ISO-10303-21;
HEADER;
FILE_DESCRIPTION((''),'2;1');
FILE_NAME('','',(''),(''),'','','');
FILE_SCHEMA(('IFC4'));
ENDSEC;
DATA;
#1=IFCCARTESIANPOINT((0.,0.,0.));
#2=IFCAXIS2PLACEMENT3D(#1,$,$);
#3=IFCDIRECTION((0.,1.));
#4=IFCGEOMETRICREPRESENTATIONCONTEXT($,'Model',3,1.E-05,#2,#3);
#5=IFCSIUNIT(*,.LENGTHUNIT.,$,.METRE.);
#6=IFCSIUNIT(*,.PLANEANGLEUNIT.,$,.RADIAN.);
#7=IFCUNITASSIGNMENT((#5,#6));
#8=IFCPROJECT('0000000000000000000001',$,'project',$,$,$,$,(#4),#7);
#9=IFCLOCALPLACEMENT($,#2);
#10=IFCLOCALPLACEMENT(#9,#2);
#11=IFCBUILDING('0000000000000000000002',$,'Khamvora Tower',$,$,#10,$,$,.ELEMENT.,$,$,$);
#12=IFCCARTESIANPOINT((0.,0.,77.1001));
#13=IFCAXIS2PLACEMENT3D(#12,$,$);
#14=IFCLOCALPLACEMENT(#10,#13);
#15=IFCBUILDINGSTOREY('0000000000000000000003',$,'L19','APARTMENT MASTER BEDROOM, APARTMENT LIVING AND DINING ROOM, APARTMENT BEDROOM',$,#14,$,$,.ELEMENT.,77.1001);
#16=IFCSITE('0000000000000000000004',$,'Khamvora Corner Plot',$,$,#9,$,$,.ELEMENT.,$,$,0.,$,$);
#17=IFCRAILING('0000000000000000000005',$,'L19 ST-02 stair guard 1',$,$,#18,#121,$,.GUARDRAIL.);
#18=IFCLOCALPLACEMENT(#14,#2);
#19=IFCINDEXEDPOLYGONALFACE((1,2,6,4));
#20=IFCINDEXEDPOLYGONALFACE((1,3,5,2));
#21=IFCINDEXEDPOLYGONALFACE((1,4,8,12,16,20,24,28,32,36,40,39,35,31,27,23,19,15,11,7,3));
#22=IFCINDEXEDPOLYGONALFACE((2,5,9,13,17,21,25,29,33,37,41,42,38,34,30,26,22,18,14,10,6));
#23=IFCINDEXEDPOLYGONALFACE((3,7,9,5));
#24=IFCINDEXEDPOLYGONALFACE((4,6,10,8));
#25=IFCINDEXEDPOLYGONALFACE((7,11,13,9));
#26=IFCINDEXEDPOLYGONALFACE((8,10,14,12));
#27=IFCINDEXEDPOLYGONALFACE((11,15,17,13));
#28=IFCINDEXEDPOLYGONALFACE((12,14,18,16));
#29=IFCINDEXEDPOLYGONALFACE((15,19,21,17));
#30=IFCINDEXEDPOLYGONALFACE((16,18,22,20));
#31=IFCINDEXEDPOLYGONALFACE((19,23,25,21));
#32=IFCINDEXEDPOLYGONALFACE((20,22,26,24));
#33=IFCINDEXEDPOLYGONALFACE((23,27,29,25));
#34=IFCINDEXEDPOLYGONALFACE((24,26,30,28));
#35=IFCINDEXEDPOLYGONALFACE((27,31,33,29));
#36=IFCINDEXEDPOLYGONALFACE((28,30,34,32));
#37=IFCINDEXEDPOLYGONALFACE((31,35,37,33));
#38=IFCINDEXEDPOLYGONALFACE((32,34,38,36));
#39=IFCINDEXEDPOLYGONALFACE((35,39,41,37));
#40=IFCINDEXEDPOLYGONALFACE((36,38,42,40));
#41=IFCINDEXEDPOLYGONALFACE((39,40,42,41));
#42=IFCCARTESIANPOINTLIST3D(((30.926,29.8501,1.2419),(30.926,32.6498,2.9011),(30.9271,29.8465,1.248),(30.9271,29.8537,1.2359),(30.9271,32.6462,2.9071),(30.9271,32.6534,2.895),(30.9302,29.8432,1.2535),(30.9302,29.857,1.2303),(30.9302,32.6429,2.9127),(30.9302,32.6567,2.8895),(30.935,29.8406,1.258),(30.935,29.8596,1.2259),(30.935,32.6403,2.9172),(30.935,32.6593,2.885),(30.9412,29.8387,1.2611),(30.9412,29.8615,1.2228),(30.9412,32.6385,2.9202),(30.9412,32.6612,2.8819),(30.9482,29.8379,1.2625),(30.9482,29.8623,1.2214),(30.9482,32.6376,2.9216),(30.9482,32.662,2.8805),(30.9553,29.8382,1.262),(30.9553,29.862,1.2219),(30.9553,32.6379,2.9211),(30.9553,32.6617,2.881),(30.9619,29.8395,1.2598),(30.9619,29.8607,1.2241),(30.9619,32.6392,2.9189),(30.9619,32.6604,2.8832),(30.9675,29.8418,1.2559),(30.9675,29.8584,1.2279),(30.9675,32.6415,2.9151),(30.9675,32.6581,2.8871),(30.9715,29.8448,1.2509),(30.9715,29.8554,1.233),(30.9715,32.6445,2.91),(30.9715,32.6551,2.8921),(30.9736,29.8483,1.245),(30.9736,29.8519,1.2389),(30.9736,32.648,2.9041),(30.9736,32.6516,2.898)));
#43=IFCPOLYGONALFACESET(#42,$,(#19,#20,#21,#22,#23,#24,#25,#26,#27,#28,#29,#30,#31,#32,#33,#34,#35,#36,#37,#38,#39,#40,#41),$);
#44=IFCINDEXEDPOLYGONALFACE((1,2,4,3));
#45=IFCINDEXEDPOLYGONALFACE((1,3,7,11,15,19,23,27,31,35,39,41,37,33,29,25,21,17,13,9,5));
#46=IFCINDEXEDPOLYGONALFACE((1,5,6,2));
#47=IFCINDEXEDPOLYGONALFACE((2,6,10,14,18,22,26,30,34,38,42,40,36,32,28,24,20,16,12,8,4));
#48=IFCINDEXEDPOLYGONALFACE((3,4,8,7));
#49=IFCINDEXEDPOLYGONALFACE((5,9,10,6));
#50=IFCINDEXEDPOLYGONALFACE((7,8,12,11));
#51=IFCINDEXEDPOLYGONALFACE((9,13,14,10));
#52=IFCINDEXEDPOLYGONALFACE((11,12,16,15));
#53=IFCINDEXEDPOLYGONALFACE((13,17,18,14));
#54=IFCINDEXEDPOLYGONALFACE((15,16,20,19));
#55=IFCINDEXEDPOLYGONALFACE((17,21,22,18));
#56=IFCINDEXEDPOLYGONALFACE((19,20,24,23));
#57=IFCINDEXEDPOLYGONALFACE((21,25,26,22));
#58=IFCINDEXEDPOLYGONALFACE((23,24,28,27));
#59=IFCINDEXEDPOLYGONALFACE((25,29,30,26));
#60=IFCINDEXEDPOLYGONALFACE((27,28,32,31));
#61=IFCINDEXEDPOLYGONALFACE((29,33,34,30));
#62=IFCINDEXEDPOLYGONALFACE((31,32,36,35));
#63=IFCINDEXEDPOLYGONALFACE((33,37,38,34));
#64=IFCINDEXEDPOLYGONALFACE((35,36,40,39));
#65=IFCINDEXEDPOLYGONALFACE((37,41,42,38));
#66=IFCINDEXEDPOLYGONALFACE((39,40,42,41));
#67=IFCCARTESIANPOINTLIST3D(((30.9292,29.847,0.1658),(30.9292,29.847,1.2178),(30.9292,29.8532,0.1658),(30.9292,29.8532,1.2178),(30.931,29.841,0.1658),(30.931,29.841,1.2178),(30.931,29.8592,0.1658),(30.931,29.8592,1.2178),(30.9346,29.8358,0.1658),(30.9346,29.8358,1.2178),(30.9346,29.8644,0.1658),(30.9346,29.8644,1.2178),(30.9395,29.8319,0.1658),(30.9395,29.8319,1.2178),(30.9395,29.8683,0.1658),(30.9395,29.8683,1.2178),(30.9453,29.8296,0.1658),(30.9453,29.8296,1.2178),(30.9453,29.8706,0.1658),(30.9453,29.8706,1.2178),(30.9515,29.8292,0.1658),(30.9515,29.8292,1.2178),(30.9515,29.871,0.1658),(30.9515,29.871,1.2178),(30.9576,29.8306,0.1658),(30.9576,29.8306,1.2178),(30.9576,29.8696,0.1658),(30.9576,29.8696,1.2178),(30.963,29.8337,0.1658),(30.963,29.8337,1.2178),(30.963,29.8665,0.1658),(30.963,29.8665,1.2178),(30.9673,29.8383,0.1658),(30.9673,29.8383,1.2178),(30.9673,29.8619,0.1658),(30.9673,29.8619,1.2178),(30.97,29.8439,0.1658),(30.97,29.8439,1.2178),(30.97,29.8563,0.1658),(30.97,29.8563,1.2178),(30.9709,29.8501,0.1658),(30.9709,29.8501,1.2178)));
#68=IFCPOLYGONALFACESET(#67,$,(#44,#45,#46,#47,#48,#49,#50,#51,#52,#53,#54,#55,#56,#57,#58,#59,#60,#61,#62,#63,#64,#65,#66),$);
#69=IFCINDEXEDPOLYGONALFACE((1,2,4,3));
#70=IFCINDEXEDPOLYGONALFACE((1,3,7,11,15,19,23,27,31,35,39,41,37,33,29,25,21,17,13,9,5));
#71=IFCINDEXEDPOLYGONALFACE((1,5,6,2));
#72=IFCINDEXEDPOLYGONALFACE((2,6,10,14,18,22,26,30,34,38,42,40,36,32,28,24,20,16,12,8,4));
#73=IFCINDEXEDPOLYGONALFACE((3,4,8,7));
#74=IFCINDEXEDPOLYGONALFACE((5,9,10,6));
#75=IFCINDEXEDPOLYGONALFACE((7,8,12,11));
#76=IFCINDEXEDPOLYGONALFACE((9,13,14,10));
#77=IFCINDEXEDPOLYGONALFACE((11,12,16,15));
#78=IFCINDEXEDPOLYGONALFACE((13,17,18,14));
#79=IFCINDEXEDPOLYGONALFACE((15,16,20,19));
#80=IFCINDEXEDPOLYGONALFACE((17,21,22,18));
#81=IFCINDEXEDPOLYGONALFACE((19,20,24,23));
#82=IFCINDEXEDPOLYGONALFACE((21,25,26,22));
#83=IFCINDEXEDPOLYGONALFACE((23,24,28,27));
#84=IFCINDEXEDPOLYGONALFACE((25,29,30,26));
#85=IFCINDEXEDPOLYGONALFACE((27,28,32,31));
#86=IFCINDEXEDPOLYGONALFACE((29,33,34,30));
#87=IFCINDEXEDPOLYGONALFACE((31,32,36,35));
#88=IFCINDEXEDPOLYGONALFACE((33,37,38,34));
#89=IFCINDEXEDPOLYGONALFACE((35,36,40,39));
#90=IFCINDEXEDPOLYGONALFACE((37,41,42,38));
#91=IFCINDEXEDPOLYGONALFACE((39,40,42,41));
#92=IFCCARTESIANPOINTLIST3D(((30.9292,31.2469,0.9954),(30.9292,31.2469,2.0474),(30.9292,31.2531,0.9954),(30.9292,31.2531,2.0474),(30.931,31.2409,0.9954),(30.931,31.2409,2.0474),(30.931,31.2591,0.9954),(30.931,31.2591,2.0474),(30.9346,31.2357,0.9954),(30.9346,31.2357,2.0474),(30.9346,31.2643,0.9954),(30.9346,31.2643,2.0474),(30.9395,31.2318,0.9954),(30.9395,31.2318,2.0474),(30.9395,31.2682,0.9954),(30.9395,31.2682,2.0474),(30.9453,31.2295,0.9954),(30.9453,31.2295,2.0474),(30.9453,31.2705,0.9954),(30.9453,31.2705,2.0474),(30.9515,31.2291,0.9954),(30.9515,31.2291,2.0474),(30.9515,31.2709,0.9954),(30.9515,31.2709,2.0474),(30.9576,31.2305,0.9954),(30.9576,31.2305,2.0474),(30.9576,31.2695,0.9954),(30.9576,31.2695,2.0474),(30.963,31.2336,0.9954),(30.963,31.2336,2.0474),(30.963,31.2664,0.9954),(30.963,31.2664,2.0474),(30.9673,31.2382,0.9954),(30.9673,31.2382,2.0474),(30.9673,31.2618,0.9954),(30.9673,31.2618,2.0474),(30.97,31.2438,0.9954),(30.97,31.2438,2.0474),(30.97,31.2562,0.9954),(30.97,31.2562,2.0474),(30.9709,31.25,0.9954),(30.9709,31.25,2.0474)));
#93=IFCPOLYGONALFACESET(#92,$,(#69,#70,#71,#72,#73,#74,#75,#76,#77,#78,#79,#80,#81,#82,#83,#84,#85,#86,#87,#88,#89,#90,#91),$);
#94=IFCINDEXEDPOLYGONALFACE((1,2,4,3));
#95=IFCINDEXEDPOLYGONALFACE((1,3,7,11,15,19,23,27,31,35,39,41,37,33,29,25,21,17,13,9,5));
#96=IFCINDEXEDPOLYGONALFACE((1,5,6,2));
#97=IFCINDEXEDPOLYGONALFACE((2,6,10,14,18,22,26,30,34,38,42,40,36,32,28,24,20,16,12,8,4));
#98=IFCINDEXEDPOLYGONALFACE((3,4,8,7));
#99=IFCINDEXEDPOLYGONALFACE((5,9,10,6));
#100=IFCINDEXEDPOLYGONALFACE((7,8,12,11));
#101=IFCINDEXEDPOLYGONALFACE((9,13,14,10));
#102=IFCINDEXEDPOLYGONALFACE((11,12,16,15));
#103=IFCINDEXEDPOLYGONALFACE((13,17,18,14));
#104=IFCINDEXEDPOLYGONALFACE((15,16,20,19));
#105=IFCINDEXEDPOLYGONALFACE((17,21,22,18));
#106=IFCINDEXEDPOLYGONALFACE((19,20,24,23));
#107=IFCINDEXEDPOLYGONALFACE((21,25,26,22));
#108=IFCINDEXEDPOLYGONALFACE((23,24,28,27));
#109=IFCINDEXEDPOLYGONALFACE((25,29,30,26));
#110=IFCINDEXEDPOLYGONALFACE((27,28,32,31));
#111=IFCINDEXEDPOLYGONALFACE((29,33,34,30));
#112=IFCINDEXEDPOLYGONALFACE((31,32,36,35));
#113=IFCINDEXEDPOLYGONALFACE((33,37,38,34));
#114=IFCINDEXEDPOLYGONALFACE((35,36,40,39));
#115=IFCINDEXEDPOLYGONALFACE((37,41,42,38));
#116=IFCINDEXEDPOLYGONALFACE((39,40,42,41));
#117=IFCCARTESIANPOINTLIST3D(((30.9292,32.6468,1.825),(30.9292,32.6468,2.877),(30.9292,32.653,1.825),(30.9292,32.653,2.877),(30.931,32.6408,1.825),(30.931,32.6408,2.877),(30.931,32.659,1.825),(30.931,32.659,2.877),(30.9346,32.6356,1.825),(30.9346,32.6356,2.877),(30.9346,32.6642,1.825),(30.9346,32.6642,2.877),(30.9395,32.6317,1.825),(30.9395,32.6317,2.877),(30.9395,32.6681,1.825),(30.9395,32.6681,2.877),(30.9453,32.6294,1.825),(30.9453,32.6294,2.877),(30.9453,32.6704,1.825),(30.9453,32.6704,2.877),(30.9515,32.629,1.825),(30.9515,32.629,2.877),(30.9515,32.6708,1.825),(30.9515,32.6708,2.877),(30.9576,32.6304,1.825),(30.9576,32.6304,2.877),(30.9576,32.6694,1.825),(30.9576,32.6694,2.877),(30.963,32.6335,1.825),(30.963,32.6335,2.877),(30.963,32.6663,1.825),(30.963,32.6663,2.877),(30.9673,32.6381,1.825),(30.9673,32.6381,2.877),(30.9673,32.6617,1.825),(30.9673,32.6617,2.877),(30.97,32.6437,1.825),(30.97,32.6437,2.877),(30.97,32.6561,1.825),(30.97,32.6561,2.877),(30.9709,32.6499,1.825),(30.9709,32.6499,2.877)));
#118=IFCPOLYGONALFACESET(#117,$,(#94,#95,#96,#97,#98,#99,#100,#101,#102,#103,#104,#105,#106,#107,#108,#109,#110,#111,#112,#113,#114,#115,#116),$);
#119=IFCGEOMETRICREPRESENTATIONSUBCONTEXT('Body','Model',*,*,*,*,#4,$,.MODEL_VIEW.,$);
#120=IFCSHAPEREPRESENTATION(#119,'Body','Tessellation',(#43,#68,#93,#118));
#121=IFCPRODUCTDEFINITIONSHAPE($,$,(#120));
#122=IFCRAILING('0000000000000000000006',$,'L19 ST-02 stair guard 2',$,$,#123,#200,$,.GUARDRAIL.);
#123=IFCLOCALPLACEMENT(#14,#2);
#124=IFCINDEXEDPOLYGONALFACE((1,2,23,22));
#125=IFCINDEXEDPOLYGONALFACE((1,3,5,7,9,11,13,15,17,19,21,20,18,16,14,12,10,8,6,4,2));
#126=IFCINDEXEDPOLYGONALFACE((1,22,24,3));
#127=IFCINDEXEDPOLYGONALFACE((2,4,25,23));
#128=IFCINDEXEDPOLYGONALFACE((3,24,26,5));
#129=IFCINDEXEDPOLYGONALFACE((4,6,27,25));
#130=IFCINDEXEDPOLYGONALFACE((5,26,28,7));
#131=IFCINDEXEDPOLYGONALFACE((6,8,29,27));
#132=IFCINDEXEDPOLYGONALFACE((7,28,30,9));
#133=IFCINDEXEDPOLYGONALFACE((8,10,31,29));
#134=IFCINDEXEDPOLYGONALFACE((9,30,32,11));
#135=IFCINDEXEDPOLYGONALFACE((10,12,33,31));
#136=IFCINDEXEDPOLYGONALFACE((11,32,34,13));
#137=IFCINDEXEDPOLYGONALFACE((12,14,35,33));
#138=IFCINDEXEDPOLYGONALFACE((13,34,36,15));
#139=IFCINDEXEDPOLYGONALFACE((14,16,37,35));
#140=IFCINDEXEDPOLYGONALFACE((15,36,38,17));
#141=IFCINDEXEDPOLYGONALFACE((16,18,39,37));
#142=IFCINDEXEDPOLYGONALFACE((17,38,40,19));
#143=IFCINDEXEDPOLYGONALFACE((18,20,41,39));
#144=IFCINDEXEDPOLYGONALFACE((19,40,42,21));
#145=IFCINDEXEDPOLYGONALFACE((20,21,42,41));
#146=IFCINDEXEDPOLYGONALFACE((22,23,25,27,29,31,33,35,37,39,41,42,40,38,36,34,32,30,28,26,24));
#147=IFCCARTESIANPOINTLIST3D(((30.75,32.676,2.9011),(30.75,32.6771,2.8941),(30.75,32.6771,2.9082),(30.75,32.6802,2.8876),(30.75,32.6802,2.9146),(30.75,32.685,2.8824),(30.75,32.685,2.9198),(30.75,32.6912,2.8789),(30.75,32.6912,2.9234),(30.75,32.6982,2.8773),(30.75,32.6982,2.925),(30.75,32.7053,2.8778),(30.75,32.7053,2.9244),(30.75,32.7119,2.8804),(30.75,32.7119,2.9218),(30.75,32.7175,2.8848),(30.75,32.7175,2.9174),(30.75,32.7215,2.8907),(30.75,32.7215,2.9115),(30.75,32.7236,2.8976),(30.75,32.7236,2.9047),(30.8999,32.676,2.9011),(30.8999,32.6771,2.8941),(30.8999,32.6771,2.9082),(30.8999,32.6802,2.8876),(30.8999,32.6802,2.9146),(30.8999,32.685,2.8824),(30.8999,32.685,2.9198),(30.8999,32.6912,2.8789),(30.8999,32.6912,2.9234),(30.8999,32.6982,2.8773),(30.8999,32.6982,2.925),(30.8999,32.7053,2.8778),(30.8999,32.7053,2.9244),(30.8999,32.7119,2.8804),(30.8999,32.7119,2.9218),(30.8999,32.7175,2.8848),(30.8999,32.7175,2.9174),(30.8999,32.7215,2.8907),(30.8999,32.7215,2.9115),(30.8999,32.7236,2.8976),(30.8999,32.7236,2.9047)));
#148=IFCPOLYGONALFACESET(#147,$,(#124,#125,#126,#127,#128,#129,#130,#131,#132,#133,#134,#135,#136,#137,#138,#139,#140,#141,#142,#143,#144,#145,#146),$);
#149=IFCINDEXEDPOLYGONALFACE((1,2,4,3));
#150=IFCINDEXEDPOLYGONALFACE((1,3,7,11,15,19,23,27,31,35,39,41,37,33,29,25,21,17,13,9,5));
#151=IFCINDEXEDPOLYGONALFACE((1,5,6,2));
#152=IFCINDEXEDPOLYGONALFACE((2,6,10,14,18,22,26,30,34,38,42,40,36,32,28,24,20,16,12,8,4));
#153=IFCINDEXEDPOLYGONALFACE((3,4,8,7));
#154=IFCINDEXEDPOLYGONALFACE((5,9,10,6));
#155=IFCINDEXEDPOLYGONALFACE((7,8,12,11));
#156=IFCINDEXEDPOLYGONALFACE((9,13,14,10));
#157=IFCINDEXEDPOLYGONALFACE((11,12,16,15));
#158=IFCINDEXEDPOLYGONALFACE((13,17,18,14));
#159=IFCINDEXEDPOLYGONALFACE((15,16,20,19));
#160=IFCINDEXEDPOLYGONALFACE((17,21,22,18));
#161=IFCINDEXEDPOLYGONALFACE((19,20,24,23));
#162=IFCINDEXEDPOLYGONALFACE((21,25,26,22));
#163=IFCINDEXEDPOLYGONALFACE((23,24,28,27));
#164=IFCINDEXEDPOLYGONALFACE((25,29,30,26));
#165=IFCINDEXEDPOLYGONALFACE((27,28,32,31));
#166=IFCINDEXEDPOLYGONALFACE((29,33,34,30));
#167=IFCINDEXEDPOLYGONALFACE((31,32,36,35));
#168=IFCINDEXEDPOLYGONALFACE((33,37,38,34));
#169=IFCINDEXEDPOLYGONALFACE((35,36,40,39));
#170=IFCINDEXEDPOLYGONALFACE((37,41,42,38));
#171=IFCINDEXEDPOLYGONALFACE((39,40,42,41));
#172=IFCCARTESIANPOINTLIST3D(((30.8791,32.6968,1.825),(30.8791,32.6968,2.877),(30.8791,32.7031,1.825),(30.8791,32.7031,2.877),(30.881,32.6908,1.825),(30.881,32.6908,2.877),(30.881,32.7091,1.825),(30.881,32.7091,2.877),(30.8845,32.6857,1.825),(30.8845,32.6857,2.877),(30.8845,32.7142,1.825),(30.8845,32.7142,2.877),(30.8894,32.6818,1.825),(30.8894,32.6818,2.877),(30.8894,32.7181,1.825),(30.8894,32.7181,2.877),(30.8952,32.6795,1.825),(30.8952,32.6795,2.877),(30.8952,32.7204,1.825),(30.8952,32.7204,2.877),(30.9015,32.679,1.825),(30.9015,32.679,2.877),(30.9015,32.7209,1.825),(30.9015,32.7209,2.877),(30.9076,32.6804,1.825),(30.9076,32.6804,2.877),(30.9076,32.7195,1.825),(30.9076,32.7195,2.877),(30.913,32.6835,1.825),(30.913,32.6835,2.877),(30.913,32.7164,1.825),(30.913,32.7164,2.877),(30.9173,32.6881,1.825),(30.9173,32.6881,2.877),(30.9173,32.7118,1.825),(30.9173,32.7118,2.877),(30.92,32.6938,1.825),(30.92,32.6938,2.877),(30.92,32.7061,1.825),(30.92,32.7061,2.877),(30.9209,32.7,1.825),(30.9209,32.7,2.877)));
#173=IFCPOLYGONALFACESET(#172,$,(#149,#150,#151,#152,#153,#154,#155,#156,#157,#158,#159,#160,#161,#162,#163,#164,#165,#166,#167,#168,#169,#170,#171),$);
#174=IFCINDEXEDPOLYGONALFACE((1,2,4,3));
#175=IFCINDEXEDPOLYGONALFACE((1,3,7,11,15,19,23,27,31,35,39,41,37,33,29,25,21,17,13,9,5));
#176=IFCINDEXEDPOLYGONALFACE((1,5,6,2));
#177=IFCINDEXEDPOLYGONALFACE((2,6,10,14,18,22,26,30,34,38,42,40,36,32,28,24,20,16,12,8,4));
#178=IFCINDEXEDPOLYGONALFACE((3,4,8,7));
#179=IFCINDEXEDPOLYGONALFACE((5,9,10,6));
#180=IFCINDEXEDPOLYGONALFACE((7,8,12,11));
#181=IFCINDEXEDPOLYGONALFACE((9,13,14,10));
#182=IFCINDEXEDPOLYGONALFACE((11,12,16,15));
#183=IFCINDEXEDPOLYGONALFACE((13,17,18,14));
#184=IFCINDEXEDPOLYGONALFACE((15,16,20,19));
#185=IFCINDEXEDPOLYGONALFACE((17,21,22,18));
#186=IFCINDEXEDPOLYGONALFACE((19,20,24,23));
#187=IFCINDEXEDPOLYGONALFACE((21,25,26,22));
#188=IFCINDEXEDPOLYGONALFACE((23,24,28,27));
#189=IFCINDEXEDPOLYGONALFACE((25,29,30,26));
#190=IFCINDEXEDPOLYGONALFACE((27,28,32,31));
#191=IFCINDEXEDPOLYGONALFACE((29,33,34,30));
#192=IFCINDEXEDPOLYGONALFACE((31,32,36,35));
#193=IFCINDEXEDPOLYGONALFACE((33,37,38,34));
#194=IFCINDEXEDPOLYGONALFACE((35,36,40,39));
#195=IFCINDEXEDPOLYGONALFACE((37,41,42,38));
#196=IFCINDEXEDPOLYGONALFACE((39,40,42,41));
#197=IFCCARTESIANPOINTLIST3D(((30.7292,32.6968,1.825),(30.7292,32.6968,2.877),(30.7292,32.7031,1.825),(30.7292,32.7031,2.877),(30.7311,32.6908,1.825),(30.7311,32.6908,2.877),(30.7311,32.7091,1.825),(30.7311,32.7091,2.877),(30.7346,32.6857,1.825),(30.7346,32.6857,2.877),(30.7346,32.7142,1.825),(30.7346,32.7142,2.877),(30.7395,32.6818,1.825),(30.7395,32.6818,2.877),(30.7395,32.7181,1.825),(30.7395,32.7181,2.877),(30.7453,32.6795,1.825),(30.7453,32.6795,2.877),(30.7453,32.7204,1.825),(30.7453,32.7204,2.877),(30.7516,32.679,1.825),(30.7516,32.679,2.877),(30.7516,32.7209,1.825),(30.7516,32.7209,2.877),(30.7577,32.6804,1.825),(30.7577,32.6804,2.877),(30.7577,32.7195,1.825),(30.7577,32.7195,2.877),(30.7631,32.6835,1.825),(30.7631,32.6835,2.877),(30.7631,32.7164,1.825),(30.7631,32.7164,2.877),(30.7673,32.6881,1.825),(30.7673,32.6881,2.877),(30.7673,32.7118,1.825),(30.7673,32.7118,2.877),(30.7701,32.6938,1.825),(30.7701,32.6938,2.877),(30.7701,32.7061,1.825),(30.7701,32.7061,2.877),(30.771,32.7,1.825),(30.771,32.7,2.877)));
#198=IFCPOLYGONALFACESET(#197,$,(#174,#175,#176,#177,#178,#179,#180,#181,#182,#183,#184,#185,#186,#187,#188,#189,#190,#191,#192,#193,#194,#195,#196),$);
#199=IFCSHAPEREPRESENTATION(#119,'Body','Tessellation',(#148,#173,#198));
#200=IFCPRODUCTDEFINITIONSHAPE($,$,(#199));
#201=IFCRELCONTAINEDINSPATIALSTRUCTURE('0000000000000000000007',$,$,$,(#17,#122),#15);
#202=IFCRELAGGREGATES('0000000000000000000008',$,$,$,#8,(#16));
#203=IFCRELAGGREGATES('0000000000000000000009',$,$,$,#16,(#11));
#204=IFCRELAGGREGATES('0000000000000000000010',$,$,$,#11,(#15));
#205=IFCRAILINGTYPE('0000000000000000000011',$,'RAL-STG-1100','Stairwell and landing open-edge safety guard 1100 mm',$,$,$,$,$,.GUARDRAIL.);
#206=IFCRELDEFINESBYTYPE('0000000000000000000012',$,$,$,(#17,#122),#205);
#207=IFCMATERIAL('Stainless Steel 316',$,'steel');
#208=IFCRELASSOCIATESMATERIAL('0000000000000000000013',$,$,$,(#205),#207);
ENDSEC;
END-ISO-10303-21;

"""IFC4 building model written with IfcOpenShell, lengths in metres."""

from ifc_helpers import new_model, si_unit, direction, frame, origin, origin_2d, place, context, subcontext, project, spatial, circle, extrude, material, type_object, element, save


model = new_model("IFC4")

# Units and contexts
model_context = context("Model", 3, precision=1e-05, world=origin(), true_north=direction((0.0, 1.0)))
body_context = subcontext(model_context, "Body", "Model", "MODEL_VIEW")
ifc_project = project(units=[si_unit("LENGTHUNIT", "METRE"), si_unit("PLANEANGLEUNIT", "RADIAN")], contexts=[model_context])

# Site, building, storey
site_placement = place(None, origin())
site = spatial("IfcSite", under=ifc_project, at=site_placement, Name="Khamvora Corner Plot", CompositionType="ELEMENT", RefElevation=0.0)
building_placement = place(site_placement, origin())
building = spatial("IfcBuilding", under=site, at=building_placement, Name="Khamvora Tower", CompositionType="ELEMENT")
storey_placement = place(building_placement, frame((0.0, 0.0, 77.1001)))
storey = spatial("IfcBuildingStorey", under=building, at=storey_placement, Name="L19", Description="APARTMENT MASTER BEDROOM, APARTMENT LIVING AND DINING ROOM, APARTMENT BEDROOM", CompositionType="ELEMENT", Elevation=77.1001)

# Railings
ifc_material_1 = material(Name="Stainless Steel 316", Category="steel")
railing_type_1 = type_object("IfcRailingType", Name="RAL-STG-1100", Description="Stairwell and landing open-edge safety guard 1100 mm", PredefinedType="GUARDRAIL", material=ifc_material_1)
railing_1_placement = place(storey_placement, frame((30.95, 29.8501, 0.1658)))
element("IfcRailing", 1, at=railing_1_placement, inside=storey, type_object=railing_type_1, Name="L19 ST-02 stair guard 1", PredefinedType="GUARDRAIL", context=body_context, shape_type="SweptSolid", body=[
    extrude(circle(Radius=0.0239, at=origin_2d()), frame((0.0, 0.0, 1.0762), z_axis=(0.0, 0.860287, 0.509811), x_axis=(-1.0, 0.0, 0.0)), (0.0, 0.0, 1.0), 3.2544),
    extrude(circle(Radius=0.021, at=origin_2d()), origin(), (0.0, 0.0, 1.0), 1.052),
    extrude(circle(Radius=0.021, at=origin_2d()), frame((0.0, 1.3999, 0.8296)), (0.0, 0.0, 1.0), 1.052),
    extrude(circle(Radius=0.021, at=origin_2d()), frame((0.0, 2.7998, 1.6592)), (0.0, 0.0, 1.0), 1.052),
])
railing_2_placement = place(storey_placement, frame((30.8999, 32.7, 1.825)))
element("IfcRailing", 2, at=railing_2_placement, inside=storey, type_object=railing_type_1, Name="L19 ST-02 stair guard 2", PredefinedType="GUARDRAIL", context=body_context, shape_type="SweptSolid", body=[
    extrude(circle(Radius=0.0239, at=origin_2d()), frame((0.0, 0.0, 1.0762), z_axis=(-1.0, 0.0, 0.0), x_axis=(0.0, -1.0, 0.0)), (0.0, 0.0, 1.0), 0.1499),
    extrude(circle(Radius=0.021, at=origin_2d()), origin(), (0.0, 0.0, 1.0), 1.052),
    extrude(circle(Radius=0.021, at=origin_2d()), frame((-0.1499, 0.0, 0.0)), (0.0, 0.0, 1.0), 1.052),
])

save(model, "model.ifc")
